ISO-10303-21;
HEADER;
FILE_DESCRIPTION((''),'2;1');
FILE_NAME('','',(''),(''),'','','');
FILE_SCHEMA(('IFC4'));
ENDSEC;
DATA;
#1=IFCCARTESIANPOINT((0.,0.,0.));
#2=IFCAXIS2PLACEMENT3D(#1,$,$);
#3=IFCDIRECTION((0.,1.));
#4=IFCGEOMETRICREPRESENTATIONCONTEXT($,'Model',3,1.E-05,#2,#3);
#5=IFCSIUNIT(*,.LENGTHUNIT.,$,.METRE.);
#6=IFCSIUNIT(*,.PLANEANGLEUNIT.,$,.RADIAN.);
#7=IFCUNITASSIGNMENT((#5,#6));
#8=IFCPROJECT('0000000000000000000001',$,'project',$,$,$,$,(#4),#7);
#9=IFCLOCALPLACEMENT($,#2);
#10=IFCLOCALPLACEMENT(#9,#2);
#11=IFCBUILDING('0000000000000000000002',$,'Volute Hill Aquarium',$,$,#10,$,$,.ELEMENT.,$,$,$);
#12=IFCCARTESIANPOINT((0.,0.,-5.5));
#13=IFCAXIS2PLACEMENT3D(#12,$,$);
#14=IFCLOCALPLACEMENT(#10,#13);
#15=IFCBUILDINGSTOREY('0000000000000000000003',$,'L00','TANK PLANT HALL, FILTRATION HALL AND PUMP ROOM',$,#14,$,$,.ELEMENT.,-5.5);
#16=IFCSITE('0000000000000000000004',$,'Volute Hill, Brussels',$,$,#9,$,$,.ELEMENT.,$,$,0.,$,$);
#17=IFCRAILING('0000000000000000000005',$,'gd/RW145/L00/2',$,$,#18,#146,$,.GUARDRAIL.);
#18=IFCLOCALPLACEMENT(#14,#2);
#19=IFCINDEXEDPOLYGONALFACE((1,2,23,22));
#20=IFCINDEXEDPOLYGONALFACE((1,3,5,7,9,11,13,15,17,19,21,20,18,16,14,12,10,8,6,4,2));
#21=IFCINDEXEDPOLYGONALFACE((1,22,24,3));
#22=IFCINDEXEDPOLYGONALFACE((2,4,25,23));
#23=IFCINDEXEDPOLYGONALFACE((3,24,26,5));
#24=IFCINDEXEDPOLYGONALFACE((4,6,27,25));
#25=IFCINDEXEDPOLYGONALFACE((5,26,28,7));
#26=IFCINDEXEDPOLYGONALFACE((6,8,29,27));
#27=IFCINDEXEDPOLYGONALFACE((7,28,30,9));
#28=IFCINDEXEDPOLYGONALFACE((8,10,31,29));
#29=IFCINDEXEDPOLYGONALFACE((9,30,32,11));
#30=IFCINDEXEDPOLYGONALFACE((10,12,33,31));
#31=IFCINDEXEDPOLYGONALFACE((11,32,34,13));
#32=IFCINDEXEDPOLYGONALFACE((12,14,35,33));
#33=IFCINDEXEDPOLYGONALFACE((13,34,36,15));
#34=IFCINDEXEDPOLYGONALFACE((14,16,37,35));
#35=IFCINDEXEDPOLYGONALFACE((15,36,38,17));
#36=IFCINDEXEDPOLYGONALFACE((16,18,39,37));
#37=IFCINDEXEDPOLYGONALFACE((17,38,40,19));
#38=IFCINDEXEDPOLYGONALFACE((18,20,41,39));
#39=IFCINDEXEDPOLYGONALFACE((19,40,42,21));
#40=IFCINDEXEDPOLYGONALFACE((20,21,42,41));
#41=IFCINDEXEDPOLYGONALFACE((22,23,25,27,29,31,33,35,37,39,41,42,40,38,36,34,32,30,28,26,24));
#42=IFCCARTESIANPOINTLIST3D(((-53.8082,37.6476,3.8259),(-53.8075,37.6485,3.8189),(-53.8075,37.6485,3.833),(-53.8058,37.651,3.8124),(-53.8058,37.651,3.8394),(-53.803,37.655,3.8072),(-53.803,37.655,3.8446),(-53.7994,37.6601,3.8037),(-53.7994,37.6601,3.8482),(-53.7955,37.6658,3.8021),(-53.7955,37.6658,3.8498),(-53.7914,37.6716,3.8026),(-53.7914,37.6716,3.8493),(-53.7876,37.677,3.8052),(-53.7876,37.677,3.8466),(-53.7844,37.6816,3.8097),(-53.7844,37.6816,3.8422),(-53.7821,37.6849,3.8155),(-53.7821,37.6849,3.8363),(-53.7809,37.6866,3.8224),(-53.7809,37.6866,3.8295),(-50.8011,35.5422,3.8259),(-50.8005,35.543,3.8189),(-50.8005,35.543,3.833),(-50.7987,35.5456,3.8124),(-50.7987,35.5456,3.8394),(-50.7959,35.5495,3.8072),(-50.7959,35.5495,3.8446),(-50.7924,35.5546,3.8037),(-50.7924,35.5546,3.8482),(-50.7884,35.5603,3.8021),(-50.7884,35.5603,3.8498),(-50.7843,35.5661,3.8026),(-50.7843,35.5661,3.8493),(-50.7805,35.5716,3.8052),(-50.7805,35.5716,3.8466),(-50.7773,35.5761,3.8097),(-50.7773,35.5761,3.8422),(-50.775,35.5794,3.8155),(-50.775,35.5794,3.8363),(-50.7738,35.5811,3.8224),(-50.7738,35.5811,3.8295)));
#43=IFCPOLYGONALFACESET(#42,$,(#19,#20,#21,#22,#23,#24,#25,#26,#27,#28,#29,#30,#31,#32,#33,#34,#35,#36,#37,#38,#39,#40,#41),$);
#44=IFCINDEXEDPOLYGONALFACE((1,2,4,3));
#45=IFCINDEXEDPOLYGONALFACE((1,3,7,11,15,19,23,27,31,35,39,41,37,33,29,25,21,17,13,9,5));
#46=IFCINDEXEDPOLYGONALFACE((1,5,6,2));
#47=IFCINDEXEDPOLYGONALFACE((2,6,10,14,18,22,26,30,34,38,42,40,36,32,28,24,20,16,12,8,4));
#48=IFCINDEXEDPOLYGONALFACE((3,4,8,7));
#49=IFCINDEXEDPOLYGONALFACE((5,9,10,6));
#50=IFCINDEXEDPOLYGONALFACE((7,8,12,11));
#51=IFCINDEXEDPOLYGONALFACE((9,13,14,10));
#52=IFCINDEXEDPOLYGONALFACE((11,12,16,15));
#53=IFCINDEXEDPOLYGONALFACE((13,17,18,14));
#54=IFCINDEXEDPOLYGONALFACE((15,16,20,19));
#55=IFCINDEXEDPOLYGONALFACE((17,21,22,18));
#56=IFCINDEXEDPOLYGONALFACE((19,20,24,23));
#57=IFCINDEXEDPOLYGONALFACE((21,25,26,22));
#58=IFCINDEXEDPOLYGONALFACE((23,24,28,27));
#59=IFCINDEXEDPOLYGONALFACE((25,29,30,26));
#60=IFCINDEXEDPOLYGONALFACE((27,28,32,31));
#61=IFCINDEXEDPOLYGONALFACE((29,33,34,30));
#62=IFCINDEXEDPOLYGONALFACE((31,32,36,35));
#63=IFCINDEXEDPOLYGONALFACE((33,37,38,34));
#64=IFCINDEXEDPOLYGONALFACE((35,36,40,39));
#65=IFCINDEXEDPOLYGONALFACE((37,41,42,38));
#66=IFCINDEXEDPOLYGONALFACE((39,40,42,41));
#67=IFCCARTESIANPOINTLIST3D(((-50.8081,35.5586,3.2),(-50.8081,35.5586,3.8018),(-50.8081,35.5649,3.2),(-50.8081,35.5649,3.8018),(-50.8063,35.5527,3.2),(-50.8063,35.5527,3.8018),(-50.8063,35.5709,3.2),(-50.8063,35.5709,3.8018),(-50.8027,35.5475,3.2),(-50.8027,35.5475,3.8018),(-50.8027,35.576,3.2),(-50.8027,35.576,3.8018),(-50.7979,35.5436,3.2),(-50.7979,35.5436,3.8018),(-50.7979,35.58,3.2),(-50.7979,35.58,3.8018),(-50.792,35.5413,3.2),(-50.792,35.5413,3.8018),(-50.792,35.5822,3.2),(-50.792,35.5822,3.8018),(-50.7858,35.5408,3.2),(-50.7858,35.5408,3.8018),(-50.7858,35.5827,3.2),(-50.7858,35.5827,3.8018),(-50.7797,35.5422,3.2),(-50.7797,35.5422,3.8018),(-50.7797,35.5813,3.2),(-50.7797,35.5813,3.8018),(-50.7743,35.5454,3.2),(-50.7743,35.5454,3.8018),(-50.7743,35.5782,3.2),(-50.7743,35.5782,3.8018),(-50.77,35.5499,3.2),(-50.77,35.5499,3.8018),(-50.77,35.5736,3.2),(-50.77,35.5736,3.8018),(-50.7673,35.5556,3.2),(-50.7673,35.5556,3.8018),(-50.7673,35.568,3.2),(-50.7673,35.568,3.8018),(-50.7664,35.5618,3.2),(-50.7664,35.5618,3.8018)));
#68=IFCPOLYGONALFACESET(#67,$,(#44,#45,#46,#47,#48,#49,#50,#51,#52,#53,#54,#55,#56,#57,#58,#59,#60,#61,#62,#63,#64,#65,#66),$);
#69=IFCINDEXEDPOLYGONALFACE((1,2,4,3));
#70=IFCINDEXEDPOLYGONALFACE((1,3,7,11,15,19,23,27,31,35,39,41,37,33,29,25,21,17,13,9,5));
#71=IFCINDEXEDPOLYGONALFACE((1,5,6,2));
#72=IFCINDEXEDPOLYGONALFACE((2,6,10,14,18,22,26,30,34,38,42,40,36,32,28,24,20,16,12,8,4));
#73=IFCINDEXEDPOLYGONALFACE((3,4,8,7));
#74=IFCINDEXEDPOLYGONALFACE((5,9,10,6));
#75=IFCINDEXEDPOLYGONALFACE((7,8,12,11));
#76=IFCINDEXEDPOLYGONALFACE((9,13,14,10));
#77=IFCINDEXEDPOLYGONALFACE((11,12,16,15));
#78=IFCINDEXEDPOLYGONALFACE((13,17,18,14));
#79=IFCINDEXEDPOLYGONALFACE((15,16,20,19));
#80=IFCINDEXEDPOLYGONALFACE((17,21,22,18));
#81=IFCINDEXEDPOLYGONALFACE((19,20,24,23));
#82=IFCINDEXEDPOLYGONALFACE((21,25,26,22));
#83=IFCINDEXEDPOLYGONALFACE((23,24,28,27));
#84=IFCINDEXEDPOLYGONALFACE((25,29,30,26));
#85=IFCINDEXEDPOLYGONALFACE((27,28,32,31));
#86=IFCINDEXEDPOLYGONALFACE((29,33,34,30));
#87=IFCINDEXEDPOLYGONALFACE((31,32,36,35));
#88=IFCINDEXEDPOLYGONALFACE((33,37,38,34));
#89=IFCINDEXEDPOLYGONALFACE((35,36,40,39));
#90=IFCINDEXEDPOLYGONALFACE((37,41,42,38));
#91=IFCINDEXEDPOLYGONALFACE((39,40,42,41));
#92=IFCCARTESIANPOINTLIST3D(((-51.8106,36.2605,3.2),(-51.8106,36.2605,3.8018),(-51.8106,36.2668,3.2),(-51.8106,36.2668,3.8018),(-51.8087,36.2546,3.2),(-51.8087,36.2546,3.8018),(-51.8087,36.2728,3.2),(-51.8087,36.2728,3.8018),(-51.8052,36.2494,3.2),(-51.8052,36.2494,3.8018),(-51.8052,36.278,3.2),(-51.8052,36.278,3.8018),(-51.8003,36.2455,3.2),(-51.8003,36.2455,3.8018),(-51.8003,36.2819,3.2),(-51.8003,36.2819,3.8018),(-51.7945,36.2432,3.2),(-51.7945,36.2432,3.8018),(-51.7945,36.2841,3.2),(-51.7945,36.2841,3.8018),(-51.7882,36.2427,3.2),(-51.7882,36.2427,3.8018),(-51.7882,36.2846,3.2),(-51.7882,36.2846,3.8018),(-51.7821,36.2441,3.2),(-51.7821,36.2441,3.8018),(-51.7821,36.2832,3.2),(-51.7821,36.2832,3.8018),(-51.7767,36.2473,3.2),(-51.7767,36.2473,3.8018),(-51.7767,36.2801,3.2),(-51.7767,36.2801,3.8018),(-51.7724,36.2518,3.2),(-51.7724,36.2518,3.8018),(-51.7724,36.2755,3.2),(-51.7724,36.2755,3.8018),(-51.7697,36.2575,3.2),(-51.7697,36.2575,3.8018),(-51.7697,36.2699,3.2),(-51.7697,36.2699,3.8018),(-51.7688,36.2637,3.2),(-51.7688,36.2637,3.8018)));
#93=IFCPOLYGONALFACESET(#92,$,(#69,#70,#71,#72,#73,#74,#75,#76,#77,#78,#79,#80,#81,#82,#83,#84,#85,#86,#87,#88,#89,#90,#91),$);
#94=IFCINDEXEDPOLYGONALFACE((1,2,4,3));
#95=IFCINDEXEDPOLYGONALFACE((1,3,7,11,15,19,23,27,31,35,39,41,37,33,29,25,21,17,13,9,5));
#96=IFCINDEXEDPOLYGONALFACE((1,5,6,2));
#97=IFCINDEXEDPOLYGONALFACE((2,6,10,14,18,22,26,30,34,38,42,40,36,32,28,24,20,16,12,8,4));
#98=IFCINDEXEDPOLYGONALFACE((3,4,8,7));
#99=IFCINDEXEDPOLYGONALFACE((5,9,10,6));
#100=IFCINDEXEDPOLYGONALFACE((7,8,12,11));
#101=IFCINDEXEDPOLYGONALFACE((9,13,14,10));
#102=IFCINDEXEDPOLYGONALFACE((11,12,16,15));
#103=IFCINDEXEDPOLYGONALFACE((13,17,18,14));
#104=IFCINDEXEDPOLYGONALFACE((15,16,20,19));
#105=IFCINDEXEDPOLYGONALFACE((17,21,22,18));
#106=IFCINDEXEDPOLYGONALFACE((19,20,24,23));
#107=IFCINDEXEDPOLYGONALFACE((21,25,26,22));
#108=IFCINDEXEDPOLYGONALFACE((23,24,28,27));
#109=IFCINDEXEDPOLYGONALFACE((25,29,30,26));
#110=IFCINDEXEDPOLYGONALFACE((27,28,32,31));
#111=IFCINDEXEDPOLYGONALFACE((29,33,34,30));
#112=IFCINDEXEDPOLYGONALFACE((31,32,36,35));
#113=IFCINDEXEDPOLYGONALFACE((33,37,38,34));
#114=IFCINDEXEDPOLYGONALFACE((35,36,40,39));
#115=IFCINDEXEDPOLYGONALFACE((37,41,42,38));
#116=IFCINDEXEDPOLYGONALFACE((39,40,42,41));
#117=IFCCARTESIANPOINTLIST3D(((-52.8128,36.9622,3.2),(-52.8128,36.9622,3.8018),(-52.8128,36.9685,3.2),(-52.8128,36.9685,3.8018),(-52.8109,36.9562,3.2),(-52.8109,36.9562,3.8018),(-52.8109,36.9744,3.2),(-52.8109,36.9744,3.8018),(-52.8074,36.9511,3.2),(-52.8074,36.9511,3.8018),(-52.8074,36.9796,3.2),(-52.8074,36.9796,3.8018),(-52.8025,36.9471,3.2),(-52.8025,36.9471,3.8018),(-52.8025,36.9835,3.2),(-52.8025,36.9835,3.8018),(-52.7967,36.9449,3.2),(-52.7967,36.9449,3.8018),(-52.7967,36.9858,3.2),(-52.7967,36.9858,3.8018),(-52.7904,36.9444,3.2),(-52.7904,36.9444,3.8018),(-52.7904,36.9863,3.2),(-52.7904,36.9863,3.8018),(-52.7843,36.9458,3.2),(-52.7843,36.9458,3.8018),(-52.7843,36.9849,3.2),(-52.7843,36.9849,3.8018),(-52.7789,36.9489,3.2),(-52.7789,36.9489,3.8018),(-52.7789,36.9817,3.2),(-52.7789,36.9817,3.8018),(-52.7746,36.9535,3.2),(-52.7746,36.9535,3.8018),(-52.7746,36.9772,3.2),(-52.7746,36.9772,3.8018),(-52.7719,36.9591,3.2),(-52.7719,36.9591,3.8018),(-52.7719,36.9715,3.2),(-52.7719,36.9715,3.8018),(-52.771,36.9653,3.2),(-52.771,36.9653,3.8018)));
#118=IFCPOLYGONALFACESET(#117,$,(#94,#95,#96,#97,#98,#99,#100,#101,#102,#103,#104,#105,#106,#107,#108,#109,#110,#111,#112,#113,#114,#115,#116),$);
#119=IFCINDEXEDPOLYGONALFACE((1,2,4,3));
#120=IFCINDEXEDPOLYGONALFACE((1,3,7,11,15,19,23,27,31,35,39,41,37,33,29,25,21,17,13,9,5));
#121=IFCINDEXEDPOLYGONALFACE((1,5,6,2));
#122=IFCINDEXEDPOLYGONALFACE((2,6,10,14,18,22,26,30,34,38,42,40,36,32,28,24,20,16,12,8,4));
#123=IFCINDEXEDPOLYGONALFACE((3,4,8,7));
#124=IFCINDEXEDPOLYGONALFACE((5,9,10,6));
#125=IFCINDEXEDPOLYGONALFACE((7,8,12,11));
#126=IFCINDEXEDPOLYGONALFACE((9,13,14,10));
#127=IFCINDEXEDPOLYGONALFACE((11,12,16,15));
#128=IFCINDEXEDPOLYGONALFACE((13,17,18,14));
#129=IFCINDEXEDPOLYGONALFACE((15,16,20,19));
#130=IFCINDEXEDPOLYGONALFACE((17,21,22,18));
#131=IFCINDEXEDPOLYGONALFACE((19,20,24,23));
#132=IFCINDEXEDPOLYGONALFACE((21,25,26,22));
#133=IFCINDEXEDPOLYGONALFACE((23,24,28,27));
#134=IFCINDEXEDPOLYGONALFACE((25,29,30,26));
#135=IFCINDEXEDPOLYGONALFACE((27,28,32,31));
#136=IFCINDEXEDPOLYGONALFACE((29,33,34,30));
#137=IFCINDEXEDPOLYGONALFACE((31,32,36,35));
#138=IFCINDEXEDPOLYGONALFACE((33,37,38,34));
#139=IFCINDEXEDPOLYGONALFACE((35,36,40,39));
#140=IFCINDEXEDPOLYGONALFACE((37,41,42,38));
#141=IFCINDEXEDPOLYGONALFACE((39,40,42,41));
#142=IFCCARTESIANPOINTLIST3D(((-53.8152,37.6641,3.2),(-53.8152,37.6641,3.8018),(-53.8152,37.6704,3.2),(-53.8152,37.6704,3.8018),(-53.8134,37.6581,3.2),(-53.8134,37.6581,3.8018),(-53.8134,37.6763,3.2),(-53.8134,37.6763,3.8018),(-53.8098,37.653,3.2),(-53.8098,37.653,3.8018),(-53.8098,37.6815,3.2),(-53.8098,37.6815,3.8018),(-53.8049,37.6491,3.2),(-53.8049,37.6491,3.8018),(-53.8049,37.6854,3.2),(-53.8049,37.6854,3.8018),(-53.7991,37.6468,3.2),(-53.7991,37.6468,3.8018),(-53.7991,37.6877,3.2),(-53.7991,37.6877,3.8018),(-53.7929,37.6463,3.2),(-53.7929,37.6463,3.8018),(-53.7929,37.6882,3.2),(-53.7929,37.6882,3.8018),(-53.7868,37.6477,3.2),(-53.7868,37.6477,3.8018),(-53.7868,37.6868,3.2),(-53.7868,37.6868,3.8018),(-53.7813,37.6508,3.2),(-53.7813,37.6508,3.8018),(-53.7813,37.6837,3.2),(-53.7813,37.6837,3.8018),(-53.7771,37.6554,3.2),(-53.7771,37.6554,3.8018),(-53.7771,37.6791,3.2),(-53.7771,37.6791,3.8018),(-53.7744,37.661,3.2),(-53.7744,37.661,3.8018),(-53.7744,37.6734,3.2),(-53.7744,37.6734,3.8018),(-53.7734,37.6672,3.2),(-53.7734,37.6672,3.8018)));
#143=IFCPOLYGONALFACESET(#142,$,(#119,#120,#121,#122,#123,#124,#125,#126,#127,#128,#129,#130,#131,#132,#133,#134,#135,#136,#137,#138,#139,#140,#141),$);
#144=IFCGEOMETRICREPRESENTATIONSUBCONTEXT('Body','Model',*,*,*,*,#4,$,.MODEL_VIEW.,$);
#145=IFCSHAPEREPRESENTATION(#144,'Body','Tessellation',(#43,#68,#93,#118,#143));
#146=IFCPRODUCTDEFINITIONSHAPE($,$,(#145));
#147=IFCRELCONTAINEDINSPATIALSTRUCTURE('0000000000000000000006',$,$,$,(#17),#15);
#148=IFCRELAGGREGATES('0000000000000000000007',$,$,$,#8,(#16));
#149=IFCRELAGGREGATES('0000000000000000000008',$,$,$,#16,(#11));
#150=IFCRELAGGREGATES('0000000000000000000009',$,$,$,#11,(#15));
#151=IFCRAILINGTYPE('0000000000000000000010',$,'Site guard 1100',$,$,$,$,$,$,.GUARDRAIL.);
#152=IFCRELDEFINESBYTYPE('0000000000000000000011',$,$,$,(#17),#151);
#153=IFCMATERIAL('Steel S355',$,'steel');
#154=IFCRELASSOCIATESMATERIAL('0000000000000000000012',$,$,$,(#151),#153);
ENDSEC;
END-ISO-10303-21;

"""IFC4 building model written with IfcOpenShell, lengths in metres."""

from ifc_helpers import new_model, si_unit, direction, frame, origin, origin_2d, place, context, subcontext, project, spatial, circle, extrude, material, type_object, element, save


model = new_model("IFC4")

# Units and contexts
model_context = context("Model", 3, precision=1e-05, world=origin(), true_north=direction((0.0, 1.0)))
body_context = subcontext(model_context, "Body", "Model", "MODEL_VIEW")
ifc_project = project(units=[si_unit("LENGTHUNIT", "METRE"), si_unit("PLANEANGLEUNIT", "RADIAN")], contexts=[model_context])

# Site, building, storey
site_placement = place(None, origin())
site = spatial("IfcSite", under=ifc_project, at=site_placement, Name="Volute Hill, Brussels", CompositionType="ELEMENT", RefElevation=0.0)
building_placement = place(site_placement, origin())
building = spatial("IfcBuilding", under=site, at=building_placement, Name="Volute Hill Aquarium", CompositionType="ELEMENT")
storey_placement = place(building_placement, frame((0.0, 0.0, -5.5)))
storey = spatial("IfcBuildingStorey", under=building, at=storey_placement, Name="L00", Description="TANK PLANT HALL, FILTRATION HALL AND PUMP ROOM", CompositionType="ELEMENT", Elevation=-5.5)

# Railing
ifc_material_1 = material(Name="Steel S355", Category="steel")
railing_type_1 = type_object("IfcRailingType", Name="Site guard 1100", PredefinedType="GUARDRAIL", material=ifc_material_1)
railing_1_placement = place(storey_placement, frame((-50.7874, 35.5618, 3.2)))
element("IfcRailing", 1, at=railing_1_placement, inside=storey, type_object=railing_type_1, Name="gd/RW145/L00/2", PredefinedType="GUARDRAIL", context=body_context, shape_type="SweptSolid", body=[
    extrude(circle(Radius=0.0239, at=origin_2d()), frame((0.0, 0.0, 0.626), z_axis=(-0.819166, 0.573556, 0.0), x_axis=(-0.573556, -0.819166, 0.0)), (0.0, 0.0, 1.0), 3.6709),
    extrude(circle(Radius=0.021, at=origin_2d()), origin(), (0.0, 0.0, 1.0), 0.6018),
    extrude(circle(Radius=0.021, at=origin_2d()), frame((-1.0024, 0.7019, 0.0)), (0.0, 0.0, 1.0), 0.6018),
    extrude(circle(Radius=0.021, at=origin_2d()), frame((-2.0046, 1.4036, 0.0)), (0.0, 0.0, 1.0), 0.6018),
    extrude(circle(Radius=0.021, at=origin_2d()), frame((-3.0071, 2.1055, 0.0)), (0.0, 0.0, 1.0), 0.6018),
])

save(model, "model.ifc")
